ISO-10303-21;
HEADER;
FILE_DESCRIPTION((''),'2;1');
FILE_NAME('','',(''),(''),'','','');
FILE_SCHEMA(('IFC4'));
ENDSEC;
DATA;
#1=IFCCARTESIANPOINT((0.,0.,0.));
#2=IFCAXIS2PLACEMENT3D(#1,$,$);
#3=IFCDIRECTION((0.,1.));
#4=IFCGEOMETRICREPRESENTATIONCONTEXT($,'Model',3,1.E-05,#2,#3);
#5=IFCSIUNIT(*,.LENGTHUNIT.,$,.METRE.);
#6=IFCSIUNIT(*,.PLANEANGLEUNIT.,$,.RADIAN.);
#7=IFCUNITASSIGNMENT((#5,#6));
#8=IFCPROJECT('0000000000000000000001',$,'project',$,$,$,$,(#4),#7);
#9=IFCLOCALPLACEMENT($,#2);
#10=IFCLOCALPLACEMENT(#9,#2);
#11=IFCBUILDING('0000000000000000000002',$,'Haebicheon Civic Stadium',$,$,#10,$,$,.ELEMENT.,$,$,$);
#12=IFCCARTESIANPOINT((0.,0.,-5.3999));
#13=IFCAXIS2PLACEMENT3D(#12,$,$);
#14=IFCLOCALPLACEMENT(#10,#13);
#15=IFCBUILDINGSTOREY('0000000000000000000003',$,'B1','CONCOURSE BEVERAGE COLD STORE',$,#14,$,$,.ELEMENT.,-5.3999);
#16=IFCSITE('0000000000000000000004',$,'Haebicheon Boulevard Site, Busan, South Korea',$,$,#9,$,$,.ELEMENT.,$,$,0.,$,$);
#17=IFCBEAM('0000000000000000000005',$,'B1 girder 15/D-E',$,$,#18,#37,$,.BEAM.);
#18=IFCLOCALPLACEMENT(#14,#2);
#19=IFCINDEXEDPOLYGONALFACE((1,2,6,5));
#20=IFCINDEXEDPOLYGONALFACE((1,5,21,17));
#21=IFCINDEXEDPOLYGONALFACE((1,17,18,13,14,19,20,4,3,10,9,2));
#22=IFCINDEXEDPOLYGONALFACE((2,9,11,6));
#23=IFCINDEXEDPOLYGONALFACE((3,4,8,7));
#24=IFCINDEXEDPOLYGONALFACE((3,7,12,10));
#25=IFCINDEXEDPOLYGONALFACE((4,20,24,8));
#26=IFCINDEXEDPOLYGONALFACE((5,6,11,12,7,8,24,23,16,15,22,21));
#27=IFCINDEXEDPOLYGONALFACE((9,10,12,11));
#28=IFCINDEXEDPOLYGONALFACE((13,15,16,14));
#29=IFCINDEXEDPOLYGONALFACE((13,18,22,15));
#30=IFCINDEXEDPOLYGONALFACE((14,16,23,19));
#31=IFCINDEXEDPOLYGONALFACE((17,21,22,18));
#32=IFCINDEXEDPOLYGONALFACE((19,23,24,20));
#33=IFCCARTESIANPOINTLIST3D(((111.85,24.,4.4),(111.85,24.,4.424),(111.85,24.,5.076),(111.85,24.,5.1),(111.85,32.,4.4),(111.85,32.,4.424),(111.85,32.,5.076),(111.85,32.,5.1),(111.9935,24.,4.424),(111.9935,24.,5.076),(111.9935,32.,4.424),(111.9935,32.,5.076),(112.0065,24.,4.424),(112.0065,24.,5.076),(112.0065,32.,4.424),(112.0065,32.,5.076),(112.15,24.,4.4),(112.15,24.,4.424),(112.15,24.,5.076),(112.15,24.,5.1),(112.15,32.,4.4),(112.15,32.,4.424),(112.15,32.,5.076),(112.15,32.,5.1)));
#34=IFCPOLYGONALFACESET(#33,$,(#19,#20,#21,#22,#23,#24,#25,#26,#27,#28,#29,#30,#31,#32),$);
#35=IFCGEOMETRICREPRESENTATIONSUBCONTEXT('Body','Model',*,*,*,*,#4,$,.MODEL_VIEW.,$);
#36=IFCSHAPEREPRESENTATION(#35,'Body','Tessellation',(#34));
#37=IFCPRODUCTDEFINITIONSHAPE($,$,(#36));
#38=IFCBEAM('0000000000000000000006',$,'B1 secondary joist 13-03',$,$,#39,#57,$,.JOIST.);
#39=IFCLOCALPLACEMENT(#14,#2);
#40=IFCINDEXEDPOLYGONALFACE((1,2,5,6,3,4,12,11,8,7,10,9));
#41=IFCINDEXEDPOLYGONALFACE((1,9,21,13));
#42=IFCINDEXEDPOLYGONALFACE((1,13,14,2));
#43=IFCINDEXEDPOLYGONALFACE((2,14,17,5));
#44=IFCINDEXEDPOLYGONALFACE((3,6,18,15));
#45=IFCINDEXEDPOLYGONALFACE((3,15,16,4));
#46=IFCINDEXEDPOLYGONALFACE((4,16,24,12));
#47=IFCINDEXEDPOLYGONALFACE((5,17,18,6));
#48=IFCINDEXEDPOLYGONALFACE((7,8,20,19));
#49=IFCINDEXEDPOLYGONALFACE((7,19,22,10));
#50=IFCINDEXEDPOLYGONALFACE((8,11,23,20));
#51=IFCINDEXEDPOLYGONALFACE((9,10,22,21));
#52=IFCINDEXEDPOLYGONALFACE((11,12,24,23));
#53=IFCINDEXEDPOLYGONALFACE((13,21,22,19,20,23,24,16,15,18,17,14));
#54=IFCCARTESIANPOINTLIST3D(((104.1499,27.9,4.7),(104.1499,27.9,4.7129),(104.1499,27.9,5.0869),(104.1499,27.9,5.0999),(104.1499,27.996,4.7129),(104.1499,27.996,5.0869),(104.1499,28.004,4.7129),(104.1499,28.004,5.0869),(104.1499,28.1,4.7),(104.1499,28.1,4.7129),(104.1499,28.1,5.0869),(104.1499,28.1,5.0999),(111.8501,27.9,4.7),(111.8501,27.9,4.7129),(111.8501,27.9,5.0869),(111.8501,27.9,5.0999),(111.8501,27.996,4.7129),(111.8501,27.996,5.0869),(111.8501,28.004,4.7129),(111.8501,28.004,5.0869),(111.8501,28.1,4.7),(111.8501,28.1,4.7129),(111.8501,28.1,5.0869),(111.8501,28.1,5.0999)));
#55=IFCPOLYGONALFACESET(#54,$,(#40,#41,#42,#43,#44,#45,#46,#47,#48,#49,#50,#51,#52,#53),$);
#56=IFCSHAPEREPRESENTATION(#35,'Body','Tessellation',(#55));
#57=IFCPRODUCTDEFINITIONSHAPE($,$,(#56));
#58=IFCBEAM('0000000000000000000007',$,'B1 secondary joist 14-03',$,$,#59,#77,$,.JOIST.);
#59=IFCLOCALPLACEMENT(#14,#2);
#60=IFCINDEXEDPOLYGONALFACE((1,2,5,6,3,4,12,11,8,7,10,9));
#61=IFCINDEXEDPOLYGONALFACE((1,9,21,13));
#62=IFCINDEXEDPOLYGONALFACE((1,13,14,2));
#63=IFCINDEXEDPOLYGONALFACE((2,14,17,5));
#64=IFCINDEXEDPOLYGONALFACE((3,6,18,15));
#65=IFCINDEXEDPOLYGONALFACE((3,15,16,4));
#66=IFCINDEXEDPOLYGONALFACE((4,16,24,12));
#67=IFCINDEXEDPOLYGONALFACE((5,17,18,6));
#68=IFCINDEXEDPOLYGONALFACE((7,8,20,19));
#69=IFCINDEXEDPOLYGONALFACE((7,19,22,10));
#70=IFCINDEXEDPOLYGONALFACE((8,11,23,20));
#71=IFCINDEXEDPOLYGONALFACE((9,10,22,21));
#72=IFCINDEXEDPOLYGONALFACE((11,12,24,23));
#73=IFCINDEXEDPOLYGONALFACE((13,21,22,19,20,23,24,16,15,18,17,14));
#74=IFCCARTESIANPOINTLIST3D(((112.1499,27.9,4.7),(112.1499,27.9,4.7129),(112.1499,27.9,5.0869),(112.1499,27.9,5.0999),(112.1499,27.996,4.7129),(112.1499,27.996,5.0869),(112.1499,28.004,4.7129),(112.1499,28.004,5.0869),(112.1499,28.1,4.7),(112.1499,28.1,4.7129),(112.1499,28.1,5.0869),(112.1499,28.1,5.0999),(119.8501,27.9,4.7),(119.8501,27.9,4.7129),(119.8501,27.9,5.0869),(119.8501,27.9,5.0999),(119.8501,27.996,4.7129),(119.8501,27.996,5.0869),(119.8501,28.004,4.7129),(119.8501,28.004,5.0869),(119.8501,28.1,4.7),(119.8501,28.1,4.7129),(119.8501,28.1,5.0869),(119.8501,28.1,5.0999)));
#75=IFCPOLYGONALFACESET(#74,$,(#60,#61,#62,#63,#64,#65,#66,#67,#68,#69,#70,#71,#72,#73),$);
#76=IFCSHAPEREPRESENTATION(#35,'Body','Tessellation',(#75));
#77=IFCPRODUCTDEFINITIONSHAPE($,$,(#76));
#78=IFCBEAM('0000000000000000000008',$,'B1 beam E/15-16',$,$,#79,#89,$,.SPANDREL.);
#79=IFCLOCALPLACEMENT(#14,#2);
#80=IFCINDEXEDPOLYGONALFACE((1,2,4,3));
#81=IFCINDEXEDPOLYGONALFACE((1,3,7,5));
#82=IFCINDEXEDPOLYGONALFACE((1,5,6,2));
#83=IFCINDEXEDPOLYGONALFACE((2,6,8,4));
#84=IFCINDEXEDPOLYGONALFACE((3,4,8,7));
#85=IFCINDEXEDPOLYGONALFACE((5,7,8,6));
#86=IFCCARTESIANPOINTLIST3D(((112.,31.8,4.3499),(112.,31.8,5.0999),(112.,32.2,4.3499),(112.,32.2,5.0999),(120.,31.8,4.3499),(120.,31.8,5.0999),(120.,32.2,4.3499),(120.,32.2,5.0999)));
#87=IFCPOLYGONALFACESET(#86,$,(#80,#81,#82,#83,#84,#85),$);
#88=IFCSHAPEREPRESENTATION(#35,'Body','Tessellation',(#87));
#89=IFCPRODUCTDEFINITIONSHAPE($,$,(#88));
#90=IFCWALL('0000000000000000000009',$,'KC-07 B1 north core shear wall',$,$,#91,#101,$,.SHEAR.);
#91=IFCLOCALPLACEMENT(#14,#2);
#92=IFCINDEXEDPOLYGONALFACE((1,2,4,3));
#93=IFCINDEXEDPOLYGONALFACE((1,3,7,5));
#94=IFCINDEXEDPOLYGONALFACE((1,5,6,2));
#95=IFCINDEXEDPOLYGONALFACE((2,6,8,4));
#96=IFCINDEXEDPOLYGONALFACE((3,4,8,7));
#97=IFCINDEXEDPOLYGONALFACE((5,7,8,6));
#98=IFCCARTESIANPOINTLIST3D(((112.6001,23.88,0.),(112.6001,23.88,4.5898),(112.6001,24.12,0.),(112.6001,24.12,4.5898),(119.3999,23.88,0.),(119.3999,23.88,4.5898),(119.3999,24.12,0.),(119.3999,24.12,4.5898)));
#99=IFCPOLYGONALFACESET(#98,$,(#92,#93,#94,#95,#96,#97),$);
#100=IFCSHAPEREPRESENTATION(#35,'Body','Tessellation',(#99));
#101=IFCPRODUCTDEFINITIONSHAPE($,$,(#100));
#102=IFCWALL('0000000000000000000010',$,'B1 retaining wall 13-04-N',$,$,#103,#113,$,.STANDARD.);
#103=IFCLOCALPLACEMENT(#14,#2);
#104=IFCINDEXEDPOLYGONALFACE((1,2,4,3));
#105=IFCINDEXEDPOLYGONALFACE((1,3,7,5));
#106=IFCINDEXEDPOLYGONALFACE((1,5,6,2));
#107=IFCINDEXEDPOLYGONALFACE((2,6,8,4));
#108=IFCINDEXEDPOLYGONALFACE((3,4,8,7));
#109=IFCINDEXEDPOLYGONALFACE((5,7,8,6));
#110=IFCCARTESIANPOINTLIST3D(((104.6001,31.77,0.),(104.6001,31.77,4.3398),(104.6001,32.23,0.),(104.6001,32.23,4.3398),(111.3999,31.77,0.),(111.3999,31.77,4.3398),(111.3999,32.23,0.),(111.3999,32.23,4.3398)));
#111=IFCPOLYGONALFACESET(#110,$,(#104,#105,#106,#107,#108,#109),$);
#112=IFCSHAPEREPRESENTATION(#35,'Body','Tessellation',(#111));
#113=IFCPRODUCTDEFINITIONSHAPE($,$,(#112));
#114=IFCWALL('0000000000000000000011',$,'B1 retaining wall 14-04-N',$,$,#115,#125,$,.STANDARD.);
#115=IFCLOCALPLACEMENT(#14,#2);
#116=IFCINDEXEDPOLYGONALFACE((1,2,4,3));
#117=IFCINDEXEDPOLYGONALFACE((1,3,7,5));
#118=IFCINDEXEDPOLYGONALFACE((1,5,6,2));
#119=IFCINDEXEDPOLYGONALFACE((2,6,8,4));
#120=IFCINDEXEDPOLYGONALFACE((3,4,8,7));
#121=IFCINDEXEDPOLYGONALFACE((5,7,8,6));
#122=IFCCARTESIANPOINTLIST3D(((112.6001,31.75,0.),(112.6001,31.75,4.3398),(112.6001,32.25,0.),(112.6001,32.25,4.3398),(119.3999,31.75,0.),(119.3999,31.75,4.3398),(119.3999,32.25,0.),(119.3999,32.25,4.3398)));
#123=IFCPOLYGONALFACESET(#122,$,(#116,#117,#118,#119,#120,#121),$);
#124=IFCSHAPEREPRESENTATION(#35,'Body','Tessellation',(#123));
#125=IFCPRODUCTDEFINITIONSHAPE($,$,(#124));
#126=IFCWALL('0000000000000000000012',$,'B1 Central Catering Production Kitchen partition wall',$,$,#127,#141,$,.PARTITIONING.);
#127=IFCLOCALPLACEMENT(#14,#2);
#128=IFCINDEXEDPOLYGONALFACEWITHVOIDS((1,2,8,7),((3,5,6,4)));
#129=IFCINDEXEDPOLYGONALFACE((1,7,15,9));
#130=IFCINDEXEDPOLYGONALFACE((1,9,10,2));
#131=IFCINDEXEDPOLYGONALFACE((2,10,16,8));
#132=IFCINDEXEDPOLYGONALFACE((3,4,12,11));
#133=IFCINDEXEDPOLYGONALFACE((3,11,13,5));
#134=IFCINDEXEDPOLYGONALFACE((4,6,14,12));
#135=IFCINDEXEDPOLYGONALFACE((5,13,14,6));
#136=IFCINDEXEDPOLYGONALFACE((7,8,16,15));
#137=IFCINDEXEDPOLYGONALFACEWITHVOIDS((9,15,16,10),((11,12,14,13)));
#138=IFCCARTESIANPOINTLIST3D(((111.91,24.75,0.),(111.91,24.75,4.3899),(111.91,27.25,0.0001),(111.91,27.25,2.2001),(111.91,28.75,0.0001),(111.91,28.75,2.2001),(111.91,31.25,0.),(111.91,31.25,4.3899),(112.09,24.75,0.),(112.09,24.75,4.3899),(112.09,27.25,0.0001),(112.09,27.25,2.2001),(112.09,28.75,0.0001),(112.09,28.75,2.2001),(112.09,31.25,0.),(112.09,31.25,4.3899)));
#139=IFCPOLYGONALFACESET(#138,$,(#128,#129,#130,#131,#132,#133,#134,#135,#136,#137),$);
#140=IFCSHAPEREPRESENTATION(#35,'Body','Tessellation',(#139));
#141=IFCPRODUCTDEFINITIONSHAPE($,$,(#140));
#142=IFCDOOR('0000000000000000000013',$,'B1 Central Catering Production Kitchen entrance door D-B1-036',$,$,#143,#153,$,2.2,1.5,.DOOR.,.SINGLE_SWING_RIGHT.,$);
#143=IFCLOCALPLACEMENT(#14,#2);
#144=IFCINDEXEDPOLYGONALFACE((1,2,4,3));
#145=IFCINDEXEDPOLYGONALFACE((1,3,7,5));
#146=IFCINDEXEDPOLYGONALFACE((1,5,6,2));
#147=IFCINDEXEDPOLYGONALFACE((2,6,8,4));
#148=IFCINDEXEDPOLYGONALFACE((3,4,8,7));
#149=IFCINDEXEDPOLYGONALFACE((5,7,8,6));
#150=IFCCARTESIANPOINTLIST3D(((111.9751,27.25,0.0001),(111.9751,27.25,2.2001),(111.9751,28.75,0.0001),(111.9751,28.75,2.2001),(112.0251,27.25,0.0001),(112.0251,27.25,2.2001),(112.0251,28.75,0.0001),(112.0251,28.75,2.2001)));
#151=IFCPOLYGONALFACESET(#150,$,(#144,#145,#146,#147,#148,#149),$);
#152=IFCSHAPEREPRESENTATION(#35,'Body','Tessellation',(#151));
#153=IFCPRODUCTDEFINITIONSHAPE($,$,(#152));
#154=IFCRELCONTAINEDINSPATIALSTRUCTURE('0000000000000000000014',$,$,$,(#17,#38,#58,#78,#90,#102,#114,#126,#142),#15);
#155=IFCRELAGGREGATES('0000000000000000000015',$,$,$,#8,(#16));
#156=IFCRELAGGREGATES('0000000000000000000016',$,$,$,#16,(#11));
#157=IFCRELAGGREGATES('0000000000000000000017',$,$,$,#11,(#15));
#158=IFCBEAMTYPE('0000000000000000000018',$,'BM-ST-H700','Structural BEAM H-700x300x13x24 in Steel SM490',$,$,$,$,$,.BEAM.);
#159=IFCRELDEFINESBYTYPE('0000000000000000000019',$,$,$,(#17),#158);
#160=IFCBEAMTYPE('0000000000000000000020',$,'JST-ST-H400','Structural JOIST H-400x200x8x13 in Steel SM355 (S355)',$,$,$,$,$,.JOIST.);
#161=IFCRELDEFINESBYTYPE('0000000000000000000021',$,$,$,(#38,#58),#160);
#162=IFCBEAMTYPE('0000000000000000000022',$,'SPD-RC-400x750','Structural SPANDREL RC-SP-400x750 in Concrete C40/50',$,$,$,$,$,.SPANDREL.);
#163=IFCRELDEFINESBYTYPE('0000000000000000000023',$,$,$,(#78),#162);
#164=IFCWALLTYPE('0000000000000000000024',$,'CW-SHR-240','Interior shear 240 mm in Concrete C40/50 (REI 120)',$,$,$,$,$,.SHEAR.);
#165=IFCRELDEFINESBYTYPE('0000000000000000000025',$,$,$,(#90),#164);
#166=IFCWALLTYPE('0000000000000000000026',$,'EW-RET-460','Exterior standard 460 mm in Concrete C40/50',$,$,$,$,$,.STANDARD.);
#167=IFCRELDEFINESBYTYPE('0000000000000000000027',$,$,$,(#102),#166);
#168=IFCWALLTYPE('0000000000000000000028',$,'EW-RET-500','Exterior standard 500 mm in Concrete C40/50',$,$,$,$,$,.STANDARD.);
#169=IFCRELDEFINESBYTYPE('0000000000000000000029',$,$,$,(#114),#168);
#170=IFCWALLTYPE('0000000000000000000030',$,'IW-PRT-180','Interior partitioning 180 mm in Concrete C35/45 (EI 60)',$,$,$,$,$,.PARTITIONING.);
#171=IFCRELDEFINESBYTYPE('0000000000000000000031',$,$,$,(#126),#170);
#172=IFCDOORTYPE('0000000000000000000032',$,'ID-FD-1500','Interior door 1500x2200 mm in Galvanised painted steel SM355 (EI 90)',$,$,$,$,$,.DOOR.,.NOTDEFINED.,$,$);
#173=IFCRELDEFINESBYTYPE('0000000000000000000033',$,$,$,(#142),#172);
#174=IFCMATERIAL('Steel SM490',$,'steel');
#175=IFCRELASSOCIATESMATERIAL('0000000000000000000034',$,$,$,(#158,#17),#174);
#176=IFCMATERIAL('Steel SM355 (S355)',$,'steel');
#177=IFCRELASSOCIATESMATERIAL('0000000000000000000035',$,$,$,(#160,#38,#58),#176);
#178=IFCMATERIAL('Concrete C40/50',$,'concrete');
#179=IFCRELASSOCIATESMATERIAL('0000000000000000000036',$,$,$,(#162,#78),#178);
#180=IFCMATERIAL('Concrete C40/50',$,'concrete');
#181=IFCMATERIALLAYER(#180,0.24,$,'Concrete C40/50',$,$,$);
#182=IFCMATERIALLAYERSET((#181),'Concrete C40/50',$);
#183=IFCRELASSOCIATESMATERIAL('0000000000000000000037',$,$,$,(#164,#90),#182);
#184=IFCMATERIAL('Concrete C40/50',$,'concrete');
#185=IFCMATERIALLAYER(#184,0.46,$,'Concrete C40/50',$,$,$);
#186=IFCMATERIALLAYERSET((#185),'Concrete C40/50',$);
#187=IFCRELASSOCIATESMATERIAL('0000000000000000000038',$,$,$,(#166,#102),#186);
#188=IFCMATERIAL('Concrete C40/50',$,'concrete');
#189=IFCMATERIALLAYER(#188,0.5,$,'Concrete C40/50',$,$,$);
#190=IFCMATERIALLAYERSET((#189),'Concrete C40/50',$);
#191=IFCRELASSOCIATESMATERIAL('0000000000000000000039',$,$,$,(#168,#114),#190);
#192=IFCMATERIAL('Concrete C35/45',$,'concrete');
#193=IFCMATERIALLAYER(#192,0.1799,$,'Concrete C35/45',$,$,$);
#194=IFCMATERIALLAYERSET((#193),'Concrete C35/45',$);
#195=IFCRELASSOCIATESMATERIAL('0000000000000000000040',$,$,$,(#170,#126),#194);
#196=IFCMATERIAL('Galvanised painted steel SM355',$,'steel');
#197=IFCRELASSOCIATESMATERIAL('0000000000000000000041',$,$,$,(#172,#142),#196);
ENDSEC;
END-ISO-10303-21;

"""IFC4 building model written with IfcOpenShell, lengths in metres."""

from ifc_helpers import new_model, si_unit, direction, frame, frame_2d, origin, origin_2d, place, context, subcontext, project, spatial, rectangle, i_section, extrude, material, layer, layer_set, material_profile, profile_set, type_object, element, fill, save


model = new_model("IFC4")

# Units and contexts
model_context = context("Model", 3, precision=1e-05, world=origin(), true_north=direction((0.0, 1.0)))
body_context = subcontext(model_context, "Body", "Model", "MODEL_VIEW")
ifc_project = project(units=[si_unit("LENGTHUNIT", "METRE"), si_unit("PLANEANGLEUNIT", "RADIAN")], contexts=[model_context])

# Site, building, storey
site_placement = place(None, origin())
site = spatial("IfcSite", under=ifc_project, at=site_placement, Name="Haebicheon Boulevard Site, Busan, South Korea", CompositionType="ELEMENT", RefElevation=0.0)
building_placement = place(site_placement, origin())
building = spatial("IfcBuilding", under=site, at=building_placement, Name="Haebicheon Civic Stadium", CompositionType="ELEMENT")
storey_placement = place(building_placement, frame((0.0, 0.0, -5.3999)))
storey = spatial("IfcBuildingStorey", under=building, at=storey_placement, Name="B1", Description="CONCOURSE BEVERAGE COLD STORE", CompositionType="ELEMENT", Elevation=-5.3999)

# Beams
ifc_material_1 = material(Name="Steel SM490", Category="steel")
ifc_material_profile_1 = material_profile(ifc_material_1, i_section(OverallWidth=0.3, OverallDepth=0.7, WebThickness=0.0129, FlangeThickness=0.0239, at=origin_2d()), Name="H-700x300x13x24")
ifc_profile_set_1 = profile_set([ifc_material_profile_1], Name="Steel SM490")
beam_type_1 = type_object("IfcBeamType", Name="BM-ST-H700", Description="Structural BEAM H-700x300x13x24 in Steel SM490", PredefinedType="BEAM", material=ifc_profile_set_1)
beam_1_placement = place(storey_placement, frame((112.0, 24.0, 4.75), z_axis=(0.0, 1.0, 0.0), x_axis=(-1.0, 0.0, 0.0)))
element("IfcBeam", 1, at=beam_1_placement, inside=storey, type_object=beam_type_1, material=ifc_profile_set_1, Name="B1 girder 15/D-E", PredefinedType="BEAM", context=body_context, shape_type="SweptSolid", body=[
    extrude(i_section(OverallWidth=0.3, OverallDepth=0.7, WebThickness=0.0129, FlangeThickness=0.0239, at=origin_2d()), origin(), (0.0, 0.0, 1.0), 8.0),
])
ifc_material_2 = material(Name="Steel SM355 (S355)", Category="steel")
ifc_material_profile_2 = material_profile(ifc_material_2, i_section(OverallWidth=0.2, OverallDepth=0.3999, WebThickness=0.0081, FlangeThickness=0.0129, at=origin_2d()), Name="H-400x200x8x13")
ifc_profile_set_2 = profile_set([ifc_material_profile_2], Name="Steel SM355 (S355)")
beam_type_2 = type_object("IfcBeamType", Name="JST-ST-H400", Description="Structural JOIST H-400x200x8x13 in Steel SM355 (S355)", PredefinedType="JOIST", material=ifc_profile_set_2)
for number, where, z_axis, x_axis, name in (
    (2, (104.1499, 28.0, 4.8999), (1.0, 0.0, 0.0), (0.0, 1.0, 0.0), "B1 secondary joist 13-03"),
    (3, (112.1499, 28.0, 4.8999), (1.0, 0.0, 0.0), (0.0, 1.0, 0.0), "B1 secondary joist 14-03"),
):
    element("IfcBeam", number, at=place(storey_placement, frame(where, z_axis=z_axis, x_axis=x_axis)), inside=storey, type_object=beam_type_2, material=ifc_profile_set_2, Name=name, PredefinedType="JOIST", context=body_context, shape_type="SweptSolid", body=[
        extrude(i_section(OverallWidth=0.2, OverallDepth=0.3999, WebThickness=0.0081, FlangeThickness=0.0129, at=origin_2d()), origin(), (0.0, 0.0, 1.0), 7.7002),
    ])
ifc_material_3 = material(Name="Concrete C40/50", Category="concrete")
ifc_material_profile_3 = material_profile(ifc_material_3, rectangle(XDim=0.3999, YDim=0.75, at=origin_2d()), Name="RC-SP-400x750")
ifc_profile_set_3 = profile_set([ifc_material_profile_3], Name="Concrete C40/50")
beam_type_3 = type_object("IfcBeamType", Name="SPD-RC-400x750", Description="Structural SPANDREL RC-SP-400x750 in Concrete C40/50", PredefinedType="SPANDREL", material=ifc_profile_set_3)
beam_2_placement = place(storey_placement, frame((112.0, 32.0, 4.7249), z_axis=(1.0, 0.0, 0.0), x_axis=(0.0, 1.0, 0.0)))
element("IfcBeam", 4, at=beam_2_placement, inside=storey, type_object=beam_type_3, material=ifc_profile_set_3, Name="B1 beam E/15-16", PredefinedType="SPANDREL", context=body_context, shape_type="SweptSolid", body=[
    extrude(rectangle(XDim=0.3999, YDim=0.75, at=origin_2d()), origin(), (0.0, 0.0, 1.0), 8.0),
])

# Walls
ifc_material_4 = material(Name="Concrete C40/50", Category="concrete")
ifc_layer_1 = layer(ifc_material_4, 0.24, Name="Concrete C40/50")
ifc_layer_set_1 = layer_set([ifc_layer_1], Name="Concrete C40/50")
wall_type_1 = type_object("IfcWallType", Name="CW-SHR-240", Description="Interior shear 240 mm in Concrete C40/50 (REI 120)", PredefinedType="SHEAR", material=ifc_layer_set_1)
wall_1_placement = place(storey_placement, frame((112.6001, 24.0, 0.0), z_axis=(0.0, 0.0, 1.0), x_axis=(1.0, 0.0, 0.0)))
element("IfcWall", 5, at=wall_1_placement, inside=storey, type_object=wall_type_1, material=ifc_layer_set_1, Name="KC-07 B1 north core shear wall", PredefinedType="SHEAR", context=body_context, shape_type="SweptSolid", body=[
    extrude(rectangle(XDim=6.7998, YDim=0.24, at=frame_2d((3.3999, 0.0))), origin(), (0.0, 0.0, 1.0), 4.5898),
])
ifc_material_5 = material(Name="Concrete C40/50", Category="concrete")
ifc_layer_2 = layer(ifc_material_5, 0.46, Name="Concrete C40/50")
ifc_layer_set_2 = layer_set([ifc_layer_2], Name="Concrete C40/50")
wall_type_2 = type_object("IfcWallType", Name="EW-RET-460", Description="Exterior standard 460 mm in Concrete C40/50", PredefinedType="STANDARD", material=ifc_layer_set_2)
wall_2_placement = place(storey_placement, frame((104.6001, 32.0, 0.0), z_axis=(0.0, 0.0, 1.0), x_axis=(1.0, 0.0, 0.0)))
element("IfcWall", 6, at=wall_2_placement, inside=storey, type_object=wall_type_2, material=ifc_layer_set_2, Name="B1 retaining wall 13-04-N", PredefinedType="STANDARD", context=body_context, shape_type="SweptSolid", body=[
    extrude(rectangle(XDim=6.7998, YDim=0.46, at=frame_2d((3.3999, 0.0))), origin(), (0.0, 0.0, 1.0), 4.3398),
])
ifc_material_6 = material(Name="Concrete C40/50", Category="concrete")
ifc_layer_3 = layer(ifc_material_6, 0.5, Name="Concrete C40/50")
ifc_layer_set_3 = layer_set([ifc_layer_3], Name="Concrete C40/50")
wall_type_3 = type_object("IfcWallType", Name="EW-RET-500", Description="Exterior standard 500 mm in Concrete C40/50", PredefinedType="STANDARD", material=ifc_layer_set_3)
wall_3_placement = place(storey_placement, frame((112.6001, 32.0, 0.0), z_axis=(0.0, 0.0, 1.0), x_axis=(1.0, 0.0, 0.0)))
element("IfcWall", 7, at=wall_3_placement, inside=storey, type_object=wall_type_3, material=ifc_layer_set_3, Name="B1 retaining wall 14-04-N", PredefinedType="STANDARD", context=body_context, shape_type="SweptSolid", body=[
    extrude(rectangle(XDim=6.7998, YDim=0.5, at=frame_2d((3.3999, 0.0))), origin(), (0.0, 0.0, 1.0), 4.3398),
])

# Wall, opening, door
ifc_material_7 = material(Name="Concrete C35/45", Category="concrete")
ifc_layer_4 = layer(ifc_material_7, 0.1799, Name="Concrete C35/45")
ifc_layer_set_4 = layer_set([ifc_layer_4], Name="Concrete C35/45")
wall_type_4 = type_object("IfcWallType", Name="IW-PRT-180", Description="Interior partitioning 180 mm in Concrete C35/45 (EI 60)", PredefinedType="PARTITIONING", material=ifc_layer_set_4)
wall_4_placement = place(storey_placement, frame((112.0, 24.75, 0.0), z_axis=(0.0, 0.0, 1.0), x_axis=(0.0, 1.0, 0.0)))
wall_4 = element("IfcWall", 8, at=wall_4_placement, inside=storey, type_object=wall_type_4, material=ifc_layer_set_4, Name="B1 Central Catering Production Kitchen partition wall", PredefinedType="PARTITIONING", context=body_context, shape_type="SweptSolid", body=[
    extrude(rectangle(XDim=6.5, YDim=0.1799, at=frame_2d((3.25, 0.0))), origin(), (0.0, 0.0, 1.0), 4.3899),
])
opening_placement = place(wall_4_placement, frame((2.5, 0.0, 0.0)))
opening = element("IfcOpeningElement", 9, at=opening_placement, cuts=wall_4, PredefinedType="OPENING", context=body_context, shape_type="SweptSolid", body=[
    extrude(rectangle(XDim=1.5, YDim=2.2, at=frame_2d((0.75, 1.1001))), frame((0.0, 0.0999, 0.0), z_axis=(0.0, -1.0, 0.0), x_axis=(1.0, 0.0, 0.0)), (0.0, 0.0, 1.0), 0.2),
])
ifc_material_8 = material(Name="Galvanised painted steel SM355", Category="steel")
door_type = type_object("IfcDoorType", Name="ID-FD-1500", Description="Interior door 1500x2200 mm in Galvanised painted steel SM355 (EI 90)", OperationType="NOTDEFINED", PredefinedType="DOOR", material=ifc_material_8)
door_placement = place(opening_placement, origin())
door = element("IfcDoor", 10, at=door_placement, inside=storey, type_object=door_type, material=ifc_material_8, Name="B1 Central Catering Production Kitchen entrance door D-B1-036", OperationType="SINGLE_SWING_RIGHT", OverallHeight=2.2, OverallWidth=1.5, PredefinedType="DOOR", context=body_context, shape_type="SweptSolid", body=[
    extrude(rectangle(XDim=1.5, YDim=2.2, at=frame_2d((0.75, 1.1001))), frame((0.0, 0.0249, 0.0), z_axis=(0.0, -1.0, 0.0), x_axis=(1.0, 0.0, 0.0)), (0.0, 0.0, 1.0), 0.05),
])
fill(opening, door)

save(model, "model.ifc")
